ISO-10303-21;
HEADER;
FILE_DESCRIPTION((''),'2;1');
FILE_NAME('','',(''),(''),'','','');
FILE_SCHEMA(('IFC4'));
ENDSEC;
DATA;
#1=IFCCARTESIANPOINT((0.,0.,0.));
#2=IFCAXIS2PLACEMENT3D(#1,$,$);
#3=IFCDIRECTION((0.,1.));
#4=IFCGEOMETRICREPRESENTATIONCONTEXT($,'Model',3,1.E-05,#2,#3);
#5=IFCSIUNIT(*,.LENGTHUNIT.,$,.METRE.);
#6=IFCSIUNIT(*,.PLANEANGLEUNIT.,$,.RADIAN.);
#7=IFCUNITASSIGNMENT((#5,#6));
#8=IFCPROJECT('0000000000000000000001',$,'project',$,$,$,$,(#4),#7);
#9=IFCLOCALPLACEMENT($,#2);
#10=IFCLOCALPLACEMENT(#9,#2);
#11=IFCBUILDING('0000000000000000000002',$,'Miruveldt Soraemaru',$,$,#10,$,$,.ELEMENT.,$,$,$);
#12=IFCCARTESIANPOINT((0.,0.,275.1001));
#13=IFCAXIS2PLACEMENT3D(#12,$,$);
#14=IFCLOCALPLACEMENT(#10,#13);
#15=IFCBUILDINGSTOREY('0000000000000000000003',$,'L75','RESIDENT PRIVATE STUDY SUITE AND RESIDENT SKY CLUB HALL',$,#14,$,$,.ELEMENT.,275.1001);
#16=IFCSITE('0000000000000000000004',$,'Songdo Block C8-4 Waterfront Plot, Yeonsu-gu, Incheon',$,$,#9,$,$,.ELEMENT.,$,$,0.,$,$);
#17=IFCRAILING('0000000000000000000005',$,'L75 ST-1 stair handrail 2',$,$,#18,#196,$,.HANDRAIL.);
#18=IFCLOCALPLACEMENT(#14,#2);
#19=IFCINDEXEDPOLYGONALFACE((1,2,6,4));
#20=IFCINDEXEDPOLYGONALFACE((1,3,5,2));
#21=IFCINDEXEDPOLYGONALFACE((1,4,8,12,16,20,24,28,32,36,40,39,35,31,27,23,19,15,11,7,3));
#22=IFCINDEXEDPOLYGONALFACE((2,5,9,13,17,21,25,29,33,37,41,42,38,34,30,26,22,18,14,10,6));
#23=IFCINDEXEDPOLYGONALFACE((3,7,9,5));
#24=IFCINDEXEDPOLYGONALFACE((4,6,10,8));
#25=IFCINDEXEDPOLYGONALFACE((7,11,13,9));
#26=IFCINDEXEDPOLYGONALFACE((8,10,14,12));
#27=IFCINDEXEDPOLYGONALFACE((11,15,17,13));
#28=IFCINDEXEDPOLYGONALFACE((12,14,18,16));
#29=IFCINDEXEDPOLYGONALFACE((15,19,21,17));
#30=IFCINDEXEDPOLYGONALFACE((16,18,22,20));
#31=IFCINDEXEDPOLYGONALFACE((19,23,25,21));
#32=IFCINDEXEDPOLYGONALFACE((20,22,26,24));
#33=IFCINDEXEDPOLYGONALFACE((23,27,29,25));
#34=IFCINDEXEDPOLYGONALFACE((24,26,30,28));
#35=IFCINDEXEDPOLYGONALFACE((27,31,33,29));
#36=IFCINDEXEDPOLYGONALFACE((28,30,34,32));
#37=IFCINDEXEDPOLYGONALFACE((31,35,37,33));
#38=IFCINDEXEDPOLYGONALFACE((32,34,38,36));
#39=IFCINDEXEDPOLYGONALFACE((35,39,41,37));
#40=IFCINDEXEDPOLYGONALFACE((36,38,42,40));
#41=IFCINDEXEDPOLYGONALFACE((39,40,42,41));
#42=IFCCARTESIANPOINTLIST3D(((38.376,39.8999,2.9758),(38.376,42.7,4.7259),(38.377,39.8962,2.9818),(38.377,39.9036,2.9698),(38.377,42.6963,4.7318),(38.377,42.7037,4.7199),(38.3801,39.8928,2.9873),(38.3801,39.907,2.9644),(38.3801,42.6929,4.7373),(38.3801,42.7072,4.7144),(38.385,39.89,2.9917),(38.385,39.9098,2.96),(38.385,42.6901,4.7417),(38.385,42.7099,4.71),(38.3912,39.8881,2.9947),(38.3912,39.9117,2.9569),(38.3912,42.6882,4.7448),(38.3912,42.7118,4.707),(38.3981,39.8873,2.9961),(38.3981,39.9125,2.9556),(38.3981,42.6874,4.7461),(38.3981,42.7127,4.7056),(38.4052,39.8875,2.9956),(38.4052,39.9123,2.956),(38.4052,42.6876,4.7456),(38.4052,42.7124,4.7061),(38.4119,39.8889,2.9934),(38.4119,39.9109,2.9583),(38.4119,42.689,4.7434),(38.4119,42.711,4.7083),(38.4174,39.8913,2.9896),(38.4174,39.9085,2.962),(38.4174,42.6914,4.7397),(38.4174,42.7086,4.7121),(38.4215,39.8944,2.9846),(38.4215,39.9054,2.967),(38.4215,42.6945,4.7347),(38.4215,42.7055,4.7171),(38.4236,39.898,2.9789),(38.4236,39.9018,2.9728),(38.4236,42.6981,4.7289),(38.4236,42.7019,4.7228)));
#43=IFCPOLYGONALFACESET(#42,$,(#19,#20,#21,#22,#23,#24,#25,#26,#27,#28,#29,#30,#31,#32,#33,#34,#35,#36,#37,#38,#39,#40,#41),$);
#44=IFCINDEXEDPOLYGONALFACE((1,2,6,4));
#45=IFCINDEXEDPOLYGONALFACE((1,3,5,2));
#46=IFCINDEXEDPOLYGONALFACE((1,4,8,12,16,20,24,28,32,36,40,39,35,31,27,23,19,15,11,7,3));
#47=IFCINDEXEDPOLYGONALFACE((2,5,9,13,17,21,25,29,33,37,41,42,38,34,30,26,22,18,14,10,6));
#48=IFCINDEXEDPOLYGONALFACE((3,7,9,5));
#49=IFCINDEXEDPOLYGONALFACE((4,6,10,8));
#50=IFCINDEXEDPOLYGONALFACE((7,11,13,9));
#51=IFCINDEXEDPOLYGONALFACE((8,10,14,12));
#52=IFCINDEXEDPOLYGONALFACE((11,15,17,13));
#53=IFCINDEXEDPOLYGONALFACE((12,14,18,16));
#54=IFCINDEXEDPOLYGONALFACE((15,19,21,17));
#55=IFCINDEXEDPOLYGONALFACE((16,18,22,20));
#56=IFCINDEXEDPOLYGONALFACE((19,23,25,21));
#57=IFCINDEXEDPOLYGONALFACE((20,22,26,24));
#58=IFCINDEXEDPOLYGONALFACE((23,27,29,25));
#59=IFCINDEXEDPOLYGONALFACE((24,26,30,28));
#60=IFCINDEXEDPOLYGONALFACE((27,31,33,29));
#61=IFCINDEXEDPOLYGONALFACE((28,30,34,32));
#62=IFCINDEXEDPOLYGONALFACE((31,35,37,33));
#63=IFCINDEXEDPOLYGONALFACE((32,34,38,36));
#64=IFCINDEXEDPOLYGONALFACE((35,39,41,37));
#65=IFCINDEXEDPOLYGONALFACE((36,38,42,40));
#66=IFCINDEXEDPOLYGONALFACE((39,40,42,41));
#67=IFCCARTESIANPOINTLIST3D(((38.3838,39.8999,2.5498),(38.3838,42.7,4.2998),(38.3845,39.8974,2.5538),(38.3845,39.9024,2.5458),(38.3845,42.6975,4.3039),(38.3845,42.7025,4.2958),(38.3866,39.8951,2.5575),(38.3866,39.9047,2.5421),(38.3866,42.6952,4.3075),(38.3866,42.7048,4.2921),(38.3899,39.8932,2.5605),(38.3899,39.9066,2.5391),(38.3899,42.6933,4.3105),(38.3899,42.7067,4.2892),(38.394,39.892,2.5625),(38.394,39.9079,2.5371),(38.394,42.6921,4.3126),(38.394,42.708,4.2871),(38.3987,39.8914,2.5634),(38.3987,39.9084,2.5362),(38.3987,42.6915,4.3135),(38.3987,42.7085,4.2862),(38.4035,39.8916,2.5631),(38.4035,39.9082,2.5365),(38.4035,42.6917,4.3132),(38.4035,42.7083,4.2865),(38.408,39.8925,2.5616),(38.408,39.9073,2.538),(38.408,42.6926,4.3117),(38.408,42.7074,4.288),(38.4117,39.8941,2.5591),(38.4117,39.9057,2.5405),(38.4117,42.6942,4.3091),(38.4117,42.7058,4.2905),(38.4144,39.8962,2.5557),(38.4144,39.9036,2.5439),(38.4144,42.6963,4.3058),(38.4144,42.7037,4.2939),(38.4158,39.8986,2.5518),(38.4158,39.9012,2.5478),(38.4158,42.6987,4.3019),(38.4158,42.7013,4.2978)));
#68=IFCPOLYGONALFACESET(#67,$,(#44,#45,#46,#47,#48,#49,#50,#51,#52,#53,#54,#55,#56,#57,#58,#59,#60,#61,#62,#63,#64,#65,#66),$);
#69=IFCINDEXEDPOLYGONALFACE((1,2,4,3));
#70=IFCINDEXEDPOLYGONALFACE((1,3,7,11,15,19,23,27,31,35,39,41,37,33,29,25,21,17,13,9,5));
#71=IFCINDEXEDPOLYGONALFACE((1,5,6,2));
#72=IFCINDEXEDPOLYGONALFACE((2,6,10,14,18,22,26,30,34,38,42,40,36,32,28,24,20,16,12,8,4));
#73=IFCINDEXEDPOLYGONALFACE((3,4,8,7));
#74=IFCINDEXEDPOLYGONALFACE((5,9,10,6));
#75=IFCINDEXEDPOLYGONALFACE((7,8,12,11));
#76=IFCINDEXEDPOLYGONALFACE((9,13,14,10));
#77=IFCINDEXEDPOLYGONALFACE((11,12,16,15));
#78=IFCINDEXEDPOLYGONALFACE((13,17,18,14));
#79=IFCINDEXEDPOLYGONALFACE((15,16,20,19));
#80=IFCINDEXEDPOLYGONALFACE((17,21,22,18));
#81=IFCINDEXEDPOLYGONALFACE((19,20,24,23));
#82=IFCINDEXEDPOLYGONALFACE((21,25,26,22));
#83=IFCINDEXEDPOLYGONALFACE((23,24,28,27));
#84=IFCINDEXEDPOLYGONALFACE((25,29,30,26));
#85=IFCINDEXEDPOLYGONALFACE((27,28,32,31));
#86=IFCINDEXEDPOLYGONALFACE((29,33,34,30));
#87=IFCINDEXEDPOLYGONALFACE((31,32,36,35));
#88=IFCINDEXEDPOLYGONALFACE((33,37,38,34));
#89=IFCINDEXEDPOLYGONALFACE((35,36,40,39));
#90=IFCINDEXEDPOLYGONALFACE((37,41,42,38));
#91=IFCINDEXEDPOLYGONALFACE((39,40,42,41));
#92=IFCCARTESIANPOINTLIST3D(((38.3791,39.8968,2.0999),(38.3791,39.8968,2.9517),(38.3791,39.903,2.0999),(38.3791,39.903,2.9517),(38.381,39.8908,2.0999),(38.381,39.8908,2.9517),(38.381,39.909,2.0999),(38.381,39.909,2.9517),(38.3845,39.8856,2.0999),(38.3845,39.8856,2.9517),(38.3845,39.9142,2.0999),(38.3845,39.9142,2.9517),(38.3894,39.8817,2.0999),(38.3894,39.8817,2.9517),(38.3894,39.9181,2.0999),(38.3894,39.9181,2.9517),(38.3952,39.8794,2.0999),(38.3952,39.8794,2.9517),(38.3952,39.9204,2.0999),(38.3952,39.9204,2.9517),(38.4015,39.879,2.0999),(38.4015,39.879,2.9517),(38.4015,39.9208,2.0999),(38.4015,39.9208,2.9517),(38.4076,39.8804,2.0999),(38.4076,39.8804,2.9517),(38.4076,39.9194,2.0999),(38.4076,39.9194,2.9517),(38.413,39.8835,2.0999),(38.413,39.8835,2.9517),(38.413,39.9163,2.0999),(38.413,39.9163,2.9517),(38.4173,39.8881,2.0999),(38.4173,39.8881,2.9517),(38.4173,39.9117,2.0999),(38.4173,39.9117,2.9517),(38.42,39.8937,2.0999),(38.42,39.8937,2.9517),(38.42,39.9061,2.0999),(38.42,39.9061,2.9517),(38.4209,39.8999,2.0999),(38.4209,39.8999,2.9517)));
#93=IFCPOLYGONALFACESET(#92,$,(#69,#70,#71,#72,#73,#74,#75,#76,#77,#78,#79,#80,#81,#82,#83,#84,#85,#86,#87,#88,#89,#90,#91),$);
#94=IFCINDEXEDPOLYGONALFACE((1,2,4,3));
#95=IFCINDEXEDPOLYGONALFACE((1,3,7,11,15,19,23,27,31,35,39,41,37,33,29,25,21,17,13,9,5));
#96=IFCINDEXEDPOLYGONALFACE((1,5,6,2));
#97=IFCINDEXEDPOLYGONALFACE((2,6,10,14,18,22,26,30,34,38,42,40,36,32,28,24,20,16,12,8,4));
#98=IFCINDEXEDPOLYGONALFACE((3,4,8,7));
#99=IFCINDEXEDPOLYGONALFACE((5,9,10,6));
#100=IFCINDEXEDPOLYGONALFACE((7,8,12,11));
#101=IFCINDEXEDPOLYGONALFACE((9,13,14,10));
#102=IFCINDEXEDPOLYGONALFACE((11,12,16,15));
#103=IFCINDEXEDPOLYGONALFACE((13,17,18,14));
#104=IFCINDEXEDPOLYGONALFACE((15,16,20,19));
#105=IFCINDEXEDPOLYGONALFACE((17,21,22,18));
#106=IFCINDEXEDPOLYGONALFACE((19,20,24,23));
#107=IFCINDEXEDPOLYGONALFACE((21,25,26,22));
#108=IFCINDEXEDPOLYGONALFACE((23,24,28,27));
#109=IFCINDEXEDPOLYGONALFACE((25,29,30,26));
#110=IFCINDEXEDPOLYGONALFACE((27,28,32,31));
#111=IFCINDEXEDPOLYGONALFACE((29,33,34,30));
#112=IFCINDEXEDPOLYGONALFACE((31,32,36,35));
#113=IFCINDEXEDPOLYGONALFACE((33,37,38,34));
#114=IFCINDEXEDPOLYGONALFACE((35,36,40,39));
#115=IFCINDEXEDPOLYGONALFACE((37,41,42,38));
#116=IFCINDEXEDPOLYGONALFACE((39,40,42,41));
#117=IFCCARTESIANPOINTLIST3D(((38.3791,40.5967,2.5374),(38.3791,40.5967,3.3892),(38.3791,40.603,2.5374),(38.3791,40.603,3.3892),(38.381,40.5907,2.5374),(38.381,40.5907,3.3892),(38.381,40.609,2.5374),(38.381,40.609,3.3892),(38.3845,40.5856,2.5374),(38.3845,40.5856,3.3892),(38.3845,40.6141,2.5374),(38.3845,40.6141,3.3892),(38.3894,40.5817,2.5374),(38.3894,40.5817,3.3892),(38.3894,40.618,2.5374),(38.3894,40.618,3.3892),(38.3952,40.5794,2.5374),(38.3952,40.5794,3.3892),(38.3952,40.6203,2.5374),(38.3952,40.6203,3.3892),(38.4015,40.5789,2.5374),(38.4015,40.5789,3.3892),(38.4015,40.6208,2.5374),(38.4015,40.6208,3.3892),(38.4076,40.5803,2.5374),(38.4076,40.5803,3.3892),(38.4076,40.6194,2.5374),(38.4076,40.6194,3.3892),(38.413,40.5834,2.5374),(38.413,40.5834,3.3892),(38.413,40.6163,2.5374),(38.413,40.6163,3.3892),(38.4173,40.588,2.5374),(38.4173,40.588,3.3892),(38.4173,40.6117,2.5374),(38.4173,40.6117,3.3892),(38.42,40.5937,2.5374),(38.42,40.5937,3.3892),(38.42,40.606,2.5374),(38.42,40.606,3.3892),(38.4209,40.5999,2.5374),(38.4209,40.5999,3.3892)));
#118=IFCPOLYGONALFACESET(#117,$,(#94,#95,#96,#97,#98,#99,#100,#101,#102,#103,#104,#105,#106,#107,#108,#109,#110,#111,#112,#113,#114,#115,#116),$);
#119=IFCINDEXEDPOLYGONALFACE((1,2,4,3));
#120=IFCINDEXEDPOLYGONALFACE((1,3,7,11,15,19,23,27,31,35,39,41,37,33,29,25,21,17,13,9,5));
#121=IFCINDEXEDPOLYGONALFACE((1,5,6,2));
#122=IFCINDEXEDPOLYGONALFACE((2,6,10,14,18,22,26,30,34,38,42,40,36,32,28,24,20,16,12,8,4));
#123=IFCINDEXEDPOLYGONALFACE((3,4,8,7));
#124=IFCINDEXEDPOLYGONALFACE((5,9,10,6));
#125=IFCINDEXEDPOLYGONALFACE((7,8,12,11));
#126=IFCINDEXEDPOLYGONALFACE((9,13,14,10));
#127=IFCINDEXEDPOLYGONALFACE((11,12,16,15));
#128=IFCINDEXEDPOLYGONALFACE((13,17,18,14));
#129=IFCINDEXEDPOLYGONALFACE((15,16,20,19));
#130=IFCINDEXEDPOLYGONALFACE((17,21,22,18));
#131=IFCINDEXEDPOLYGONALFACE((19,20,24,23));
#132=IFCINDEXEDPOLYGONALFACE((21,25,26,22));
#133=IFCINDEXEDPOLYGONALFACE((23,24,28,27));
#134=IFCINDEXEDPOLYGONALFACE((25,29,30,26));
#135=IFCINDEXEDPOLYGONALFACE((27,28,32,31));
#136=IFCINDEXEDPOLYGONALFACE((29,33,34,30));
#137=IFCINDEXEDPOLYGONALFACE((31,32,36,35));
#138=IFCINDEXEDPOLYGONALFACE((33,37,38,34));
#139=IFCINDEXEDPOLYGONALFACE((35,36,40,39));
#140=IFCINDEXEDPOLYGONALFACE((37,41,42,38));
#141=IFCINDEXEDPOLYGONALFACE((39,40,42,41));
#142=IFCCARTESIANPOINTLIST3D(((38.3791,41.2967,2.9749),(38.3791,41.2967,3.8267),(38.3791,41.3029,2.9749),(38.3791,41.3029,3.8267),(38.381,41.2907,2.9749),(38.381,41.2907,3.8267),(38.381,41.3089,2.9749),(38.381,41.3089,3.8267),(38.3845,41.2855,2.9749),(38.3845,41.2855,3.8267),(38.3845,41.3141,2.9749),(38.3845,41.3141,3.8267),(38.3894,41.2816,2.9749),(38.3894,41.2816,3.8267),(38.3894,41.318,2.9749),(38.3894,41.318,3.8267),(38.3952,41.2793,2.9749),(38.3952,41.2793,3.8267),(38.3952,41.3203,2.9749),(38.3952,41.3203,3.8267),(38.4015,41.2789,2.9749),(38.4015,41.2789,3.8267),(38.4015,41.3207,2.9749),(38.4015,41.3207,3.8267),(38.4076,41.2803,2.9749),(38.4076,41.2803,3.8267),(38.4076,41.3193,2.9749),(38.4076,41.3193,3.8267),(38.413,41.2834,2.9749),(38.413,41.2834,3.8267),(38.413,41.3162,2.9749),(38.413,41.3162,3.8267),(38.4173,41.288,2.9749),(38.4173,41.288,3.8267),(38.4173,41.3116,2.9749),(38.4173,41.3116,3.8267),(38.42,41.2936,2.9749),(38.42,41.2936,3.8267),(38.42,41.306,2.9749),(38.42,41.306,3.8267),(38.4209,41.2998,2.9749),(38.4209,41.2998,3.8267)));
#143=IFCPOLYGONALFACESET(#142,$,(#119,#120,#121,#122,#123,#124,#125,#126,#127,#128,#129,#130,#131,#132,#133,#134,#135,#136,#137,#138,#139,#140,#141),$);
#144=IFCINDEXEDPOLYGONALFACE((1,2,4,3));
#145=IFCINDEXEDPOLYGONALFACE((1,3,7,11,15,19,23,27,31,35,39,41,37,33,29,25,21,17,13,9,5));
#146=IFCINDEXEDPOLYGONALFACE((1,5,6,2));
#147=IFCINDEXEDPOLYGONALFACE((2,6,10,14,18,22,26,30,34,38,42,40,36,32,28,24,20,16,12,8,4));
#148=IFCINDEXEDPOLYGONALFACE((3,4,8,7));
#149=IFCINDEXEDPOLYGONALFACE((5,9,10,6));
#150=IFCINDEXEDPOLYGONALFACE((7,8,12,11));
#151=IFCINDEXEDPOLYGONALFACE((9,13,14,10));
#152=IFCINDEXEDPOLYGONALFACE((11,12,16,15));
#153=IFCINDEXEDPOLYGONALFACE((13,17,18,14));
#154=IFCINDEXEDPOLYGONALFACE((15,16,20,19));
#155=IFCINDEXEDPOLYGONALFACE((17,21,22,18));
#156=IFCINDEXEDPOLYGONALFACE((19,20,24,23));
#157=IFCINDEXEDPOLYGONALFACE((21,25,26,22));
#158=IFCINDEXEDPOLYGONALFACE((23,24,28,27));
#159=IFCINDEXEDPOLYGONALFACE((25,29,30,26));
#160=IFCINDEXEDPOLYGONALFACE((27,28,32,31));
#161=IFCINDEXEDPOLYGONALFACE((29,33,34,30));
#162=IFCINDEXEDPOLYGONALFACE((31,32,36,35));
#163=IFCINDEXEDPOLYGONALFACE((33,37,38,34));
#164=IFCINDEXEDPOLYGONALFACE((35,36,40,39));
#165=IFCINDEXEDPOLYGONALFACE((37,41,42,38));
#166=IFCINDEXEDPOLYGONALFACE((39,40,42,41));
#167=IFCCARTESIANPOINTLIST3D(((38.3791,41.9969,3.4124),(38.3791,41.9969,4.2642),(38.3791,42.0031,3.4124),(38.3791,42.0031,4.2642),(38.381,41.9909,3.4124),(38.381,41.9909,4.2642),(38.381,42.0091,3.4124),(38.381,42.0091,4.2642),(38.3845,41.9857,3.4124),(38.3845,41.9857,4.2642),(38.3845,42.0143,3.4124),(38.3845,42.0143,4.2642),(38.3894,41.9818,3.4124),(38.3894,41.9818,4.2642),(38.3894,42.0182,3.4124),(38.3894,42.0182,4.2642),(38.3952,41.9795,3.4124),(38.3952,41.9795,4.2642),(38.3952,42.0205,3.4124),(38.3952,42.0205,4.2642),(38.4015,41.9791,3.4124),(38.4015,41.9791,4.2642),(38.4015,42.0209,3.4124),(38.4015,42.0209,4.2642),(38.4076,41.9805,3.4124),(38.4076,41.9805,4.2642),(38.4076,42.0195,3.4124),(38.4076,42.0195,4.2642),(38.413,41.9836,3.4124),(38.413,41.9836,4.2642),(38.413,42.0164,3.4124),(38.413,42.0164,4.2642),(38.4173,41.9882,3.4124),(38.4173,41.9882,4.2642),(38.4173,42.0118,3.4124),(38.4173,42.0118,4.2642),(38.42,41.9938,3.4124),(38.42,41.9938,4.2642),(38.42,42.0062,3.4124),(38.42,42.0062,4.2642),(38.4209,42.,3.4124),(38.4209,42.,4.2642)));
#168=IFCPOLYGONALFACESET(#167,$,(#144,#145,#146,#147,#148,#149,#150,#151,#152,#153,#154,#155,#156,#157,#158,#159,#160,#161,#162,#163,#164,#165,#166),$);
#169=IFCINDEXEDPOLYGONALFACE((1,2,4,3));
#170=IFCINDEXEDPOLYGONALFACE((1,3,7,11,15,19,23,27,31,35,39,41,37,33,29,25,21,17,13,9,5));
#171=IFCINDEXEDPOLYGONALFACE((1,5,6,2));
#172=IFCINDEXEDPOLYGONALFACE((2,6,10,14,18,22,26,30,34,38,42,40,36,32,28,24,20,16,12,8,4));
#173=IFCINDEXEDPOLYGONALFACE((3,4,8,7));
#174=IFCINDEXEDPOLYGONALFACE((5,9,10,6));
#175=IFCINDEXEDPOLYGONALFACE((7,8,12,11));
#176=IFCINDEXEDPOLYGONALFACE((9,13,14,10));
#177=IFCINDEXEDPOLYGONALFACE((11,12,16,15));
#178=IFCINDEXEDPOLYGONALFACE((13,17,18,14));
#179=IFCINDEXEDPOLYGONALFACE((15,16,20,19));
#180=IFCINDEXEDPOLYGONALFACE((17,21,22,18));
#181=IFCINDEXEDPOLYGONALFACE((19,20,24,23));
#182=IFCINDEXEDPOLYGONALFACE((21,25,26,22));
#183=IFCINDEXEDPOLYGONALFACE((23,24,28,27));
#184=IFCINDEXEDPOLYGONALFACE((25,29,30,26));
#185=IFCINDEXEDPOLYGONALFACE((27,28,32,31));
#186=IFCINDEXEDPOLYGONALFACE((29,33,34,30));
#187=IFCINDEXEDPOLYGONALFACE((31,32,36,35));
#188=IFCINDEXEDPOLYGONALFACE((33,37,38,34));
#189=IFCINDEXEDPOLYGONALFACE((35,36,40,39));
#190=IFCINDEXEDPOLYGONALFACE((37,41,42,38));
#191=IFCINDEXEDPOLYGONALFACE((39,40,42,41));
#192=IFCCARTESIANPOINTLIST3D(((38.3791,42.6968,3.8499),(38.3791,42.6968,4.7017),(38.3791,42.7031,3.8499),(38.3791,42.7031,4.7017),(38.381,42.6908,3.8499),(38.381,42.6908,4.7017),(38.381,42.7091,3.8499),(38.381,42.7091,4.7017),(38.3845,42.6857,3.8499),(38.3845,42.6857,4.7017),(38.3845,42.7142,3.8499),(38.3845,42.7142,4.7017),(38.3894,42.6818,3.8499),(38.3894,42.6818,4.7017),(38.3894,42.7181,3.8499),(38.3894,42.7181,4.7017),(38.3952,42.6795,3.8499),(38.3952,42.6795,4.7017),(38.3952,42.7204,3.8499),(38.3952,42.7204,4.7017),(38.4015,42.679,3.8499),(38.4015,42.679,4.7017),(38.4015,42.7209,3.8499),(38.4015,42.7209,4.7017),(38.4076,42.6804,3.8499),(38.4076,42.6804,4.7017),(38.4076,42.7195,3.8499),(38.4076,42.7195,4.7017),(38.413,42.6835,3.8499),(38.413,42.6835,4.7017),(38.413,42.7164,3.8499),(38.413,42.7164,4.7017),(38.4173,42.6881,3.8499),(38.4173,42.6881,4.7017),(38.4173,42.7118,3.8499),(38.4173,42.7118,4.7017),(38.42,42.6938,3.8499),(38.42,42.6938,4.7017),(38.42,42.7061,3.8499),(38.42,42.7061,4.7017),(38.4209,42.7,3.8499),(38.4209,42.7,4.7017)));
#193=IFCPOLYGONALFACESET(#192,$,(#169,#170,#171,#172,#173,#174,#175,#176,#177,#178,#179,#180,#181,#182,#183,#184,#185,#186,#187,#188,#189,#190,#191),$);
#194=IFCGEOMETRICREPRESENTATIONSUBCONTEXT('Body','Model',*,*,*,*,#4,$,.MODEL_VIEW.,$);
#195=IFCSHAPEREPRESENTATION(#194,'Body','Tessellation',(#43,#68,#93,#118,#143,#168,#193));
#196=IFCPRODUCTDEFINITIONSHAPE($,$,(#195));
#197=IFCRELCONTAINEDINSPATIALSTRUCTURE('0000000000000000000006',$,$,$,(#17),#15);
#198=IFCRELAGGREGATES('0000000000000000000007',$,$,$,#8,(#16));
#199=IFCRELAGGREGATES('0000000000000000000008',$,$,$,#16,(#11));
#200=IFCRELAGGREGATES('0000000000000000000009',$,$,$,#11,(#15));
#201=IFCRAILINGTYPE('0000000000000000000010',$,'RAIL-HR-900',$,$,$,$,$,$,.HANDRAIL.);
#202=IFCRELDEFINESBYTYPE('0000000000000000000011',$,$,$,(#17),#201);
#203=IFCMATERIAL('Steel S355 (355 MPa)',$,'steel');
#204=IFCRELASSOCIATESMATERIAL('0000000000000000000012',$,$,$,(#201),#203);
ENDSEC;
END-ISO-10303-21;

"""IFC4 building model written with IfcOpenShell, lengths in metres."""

from ifc_helpers import new_model, si_unit, direction, frame, origin, origin_2d, place, context, subcontext, project, spatial, circle, extrude, material, type_object, element, save


model = new_model("IFC4")

# Units and contexts
model_context = context("Model", 3, precision=1e-05, world=origin(), true_north=direction((0.0, 1.0)))
body_context = subcontext(model_context, "Body", "Model", "MODEL_VIEW")
ifc_project = project(units=[si_unit("LENGTHUNIT", "METRE"), si_unit("PLANEANGLEUNIT", "RADIAN")], contexts=[model_context])

# Site, building, storey
site_placement = place(None, origin())
site = spatial("IfcSite", under=ifc_project, at=site_placement, Name="Songdo Block C8-4 Waterfront Plot, Yeonsu-gu, Incheon", CompositionType="ELEMENT", RefElevation=0.0)
building_placement = place(site_placement, origin())
building = spatial("IfcBuilding", under=site, at=building_placement, Name="Miruveldt Soraemaru", CompositionType="ELEMENT")
storey_placement = place(building_placement, frame((0.0, 0.0, 275.1001)))
storey = spatial("IfcBuildingStorey", under=building, at=storey_placement, Name="L75", Description="RESIDENT PRIVATE STUDY SUITE AND RESIDENT SKY CLUB HALL", CompositionType="ELEMENT", Elevation=275.1001)

# Railing
ifc_material_1 = material(Name="Steel S355 (355 MPa)", Category="steel")
railing_type_1 = type_object("IfcRailingType", Name="RAIL-HR-900", PredefinedType="HANDRAIL", material=ifc_material_1)
railing_1_placement = place(storey_placement, frame((38.3999, 39.8999, 2.0999)))
element("IfcRailing", 1, at=railing_1_placement, inside=storey, type_object=railing_type_1, Name="L75 ST-1 stair handrail 2", PredefinedType="HANDRAIL", context=body_context, shape_type="SweptSolid", body=[
    extrude(circle(Radius=0.0239, at=origin_2d()), frame((0.0, 0.0, 0.876), z_axis=(0.0, 0.848002, 0.529992), x_axis=(-1.0, 0.0, 0.0)), (0.0, 0.0, 1.0), 3.302),
    extrude(circle(Radius=0.0161, at=origin_2d()), frame((0.0, 0.0, 0.45), z_axis=(0.0, 0.848002, 0.529992), x_axis=(-1.0, 0.0, 0.0)), (0.0, 0.0, 1.0), 3.302),
    extrude(circle(Radius=0.021, at=origin_2d()), origin(), (0.0, 0.0, 1.0), 0.8518),
    extrude(circle(Radius=0.021, at=origin_2d()), frame((0.0, 0.7, 0.4375)), (0.0, 0.0, 1.0), 0.8518),
    extrude(circle(Radius=0.021, at=origin_2d()), frame((0.0, 1.3999, 0.875)), (0.0, 0.0, 1.0), 0.8518),
    extrude(circle(Radius=0.021, at=origin_2d()), frame((0.0, 2.1001, 1.3125)), (0.0, 0.0, 1.0), 0.8518),
    extrude(circle(Radius=0.021, at=origin_2d()), frame((0.0, 2.8, 1.75)), (0.0, 0.0, 1.0), 0.8518),
])

save(model, "model.ifc")
